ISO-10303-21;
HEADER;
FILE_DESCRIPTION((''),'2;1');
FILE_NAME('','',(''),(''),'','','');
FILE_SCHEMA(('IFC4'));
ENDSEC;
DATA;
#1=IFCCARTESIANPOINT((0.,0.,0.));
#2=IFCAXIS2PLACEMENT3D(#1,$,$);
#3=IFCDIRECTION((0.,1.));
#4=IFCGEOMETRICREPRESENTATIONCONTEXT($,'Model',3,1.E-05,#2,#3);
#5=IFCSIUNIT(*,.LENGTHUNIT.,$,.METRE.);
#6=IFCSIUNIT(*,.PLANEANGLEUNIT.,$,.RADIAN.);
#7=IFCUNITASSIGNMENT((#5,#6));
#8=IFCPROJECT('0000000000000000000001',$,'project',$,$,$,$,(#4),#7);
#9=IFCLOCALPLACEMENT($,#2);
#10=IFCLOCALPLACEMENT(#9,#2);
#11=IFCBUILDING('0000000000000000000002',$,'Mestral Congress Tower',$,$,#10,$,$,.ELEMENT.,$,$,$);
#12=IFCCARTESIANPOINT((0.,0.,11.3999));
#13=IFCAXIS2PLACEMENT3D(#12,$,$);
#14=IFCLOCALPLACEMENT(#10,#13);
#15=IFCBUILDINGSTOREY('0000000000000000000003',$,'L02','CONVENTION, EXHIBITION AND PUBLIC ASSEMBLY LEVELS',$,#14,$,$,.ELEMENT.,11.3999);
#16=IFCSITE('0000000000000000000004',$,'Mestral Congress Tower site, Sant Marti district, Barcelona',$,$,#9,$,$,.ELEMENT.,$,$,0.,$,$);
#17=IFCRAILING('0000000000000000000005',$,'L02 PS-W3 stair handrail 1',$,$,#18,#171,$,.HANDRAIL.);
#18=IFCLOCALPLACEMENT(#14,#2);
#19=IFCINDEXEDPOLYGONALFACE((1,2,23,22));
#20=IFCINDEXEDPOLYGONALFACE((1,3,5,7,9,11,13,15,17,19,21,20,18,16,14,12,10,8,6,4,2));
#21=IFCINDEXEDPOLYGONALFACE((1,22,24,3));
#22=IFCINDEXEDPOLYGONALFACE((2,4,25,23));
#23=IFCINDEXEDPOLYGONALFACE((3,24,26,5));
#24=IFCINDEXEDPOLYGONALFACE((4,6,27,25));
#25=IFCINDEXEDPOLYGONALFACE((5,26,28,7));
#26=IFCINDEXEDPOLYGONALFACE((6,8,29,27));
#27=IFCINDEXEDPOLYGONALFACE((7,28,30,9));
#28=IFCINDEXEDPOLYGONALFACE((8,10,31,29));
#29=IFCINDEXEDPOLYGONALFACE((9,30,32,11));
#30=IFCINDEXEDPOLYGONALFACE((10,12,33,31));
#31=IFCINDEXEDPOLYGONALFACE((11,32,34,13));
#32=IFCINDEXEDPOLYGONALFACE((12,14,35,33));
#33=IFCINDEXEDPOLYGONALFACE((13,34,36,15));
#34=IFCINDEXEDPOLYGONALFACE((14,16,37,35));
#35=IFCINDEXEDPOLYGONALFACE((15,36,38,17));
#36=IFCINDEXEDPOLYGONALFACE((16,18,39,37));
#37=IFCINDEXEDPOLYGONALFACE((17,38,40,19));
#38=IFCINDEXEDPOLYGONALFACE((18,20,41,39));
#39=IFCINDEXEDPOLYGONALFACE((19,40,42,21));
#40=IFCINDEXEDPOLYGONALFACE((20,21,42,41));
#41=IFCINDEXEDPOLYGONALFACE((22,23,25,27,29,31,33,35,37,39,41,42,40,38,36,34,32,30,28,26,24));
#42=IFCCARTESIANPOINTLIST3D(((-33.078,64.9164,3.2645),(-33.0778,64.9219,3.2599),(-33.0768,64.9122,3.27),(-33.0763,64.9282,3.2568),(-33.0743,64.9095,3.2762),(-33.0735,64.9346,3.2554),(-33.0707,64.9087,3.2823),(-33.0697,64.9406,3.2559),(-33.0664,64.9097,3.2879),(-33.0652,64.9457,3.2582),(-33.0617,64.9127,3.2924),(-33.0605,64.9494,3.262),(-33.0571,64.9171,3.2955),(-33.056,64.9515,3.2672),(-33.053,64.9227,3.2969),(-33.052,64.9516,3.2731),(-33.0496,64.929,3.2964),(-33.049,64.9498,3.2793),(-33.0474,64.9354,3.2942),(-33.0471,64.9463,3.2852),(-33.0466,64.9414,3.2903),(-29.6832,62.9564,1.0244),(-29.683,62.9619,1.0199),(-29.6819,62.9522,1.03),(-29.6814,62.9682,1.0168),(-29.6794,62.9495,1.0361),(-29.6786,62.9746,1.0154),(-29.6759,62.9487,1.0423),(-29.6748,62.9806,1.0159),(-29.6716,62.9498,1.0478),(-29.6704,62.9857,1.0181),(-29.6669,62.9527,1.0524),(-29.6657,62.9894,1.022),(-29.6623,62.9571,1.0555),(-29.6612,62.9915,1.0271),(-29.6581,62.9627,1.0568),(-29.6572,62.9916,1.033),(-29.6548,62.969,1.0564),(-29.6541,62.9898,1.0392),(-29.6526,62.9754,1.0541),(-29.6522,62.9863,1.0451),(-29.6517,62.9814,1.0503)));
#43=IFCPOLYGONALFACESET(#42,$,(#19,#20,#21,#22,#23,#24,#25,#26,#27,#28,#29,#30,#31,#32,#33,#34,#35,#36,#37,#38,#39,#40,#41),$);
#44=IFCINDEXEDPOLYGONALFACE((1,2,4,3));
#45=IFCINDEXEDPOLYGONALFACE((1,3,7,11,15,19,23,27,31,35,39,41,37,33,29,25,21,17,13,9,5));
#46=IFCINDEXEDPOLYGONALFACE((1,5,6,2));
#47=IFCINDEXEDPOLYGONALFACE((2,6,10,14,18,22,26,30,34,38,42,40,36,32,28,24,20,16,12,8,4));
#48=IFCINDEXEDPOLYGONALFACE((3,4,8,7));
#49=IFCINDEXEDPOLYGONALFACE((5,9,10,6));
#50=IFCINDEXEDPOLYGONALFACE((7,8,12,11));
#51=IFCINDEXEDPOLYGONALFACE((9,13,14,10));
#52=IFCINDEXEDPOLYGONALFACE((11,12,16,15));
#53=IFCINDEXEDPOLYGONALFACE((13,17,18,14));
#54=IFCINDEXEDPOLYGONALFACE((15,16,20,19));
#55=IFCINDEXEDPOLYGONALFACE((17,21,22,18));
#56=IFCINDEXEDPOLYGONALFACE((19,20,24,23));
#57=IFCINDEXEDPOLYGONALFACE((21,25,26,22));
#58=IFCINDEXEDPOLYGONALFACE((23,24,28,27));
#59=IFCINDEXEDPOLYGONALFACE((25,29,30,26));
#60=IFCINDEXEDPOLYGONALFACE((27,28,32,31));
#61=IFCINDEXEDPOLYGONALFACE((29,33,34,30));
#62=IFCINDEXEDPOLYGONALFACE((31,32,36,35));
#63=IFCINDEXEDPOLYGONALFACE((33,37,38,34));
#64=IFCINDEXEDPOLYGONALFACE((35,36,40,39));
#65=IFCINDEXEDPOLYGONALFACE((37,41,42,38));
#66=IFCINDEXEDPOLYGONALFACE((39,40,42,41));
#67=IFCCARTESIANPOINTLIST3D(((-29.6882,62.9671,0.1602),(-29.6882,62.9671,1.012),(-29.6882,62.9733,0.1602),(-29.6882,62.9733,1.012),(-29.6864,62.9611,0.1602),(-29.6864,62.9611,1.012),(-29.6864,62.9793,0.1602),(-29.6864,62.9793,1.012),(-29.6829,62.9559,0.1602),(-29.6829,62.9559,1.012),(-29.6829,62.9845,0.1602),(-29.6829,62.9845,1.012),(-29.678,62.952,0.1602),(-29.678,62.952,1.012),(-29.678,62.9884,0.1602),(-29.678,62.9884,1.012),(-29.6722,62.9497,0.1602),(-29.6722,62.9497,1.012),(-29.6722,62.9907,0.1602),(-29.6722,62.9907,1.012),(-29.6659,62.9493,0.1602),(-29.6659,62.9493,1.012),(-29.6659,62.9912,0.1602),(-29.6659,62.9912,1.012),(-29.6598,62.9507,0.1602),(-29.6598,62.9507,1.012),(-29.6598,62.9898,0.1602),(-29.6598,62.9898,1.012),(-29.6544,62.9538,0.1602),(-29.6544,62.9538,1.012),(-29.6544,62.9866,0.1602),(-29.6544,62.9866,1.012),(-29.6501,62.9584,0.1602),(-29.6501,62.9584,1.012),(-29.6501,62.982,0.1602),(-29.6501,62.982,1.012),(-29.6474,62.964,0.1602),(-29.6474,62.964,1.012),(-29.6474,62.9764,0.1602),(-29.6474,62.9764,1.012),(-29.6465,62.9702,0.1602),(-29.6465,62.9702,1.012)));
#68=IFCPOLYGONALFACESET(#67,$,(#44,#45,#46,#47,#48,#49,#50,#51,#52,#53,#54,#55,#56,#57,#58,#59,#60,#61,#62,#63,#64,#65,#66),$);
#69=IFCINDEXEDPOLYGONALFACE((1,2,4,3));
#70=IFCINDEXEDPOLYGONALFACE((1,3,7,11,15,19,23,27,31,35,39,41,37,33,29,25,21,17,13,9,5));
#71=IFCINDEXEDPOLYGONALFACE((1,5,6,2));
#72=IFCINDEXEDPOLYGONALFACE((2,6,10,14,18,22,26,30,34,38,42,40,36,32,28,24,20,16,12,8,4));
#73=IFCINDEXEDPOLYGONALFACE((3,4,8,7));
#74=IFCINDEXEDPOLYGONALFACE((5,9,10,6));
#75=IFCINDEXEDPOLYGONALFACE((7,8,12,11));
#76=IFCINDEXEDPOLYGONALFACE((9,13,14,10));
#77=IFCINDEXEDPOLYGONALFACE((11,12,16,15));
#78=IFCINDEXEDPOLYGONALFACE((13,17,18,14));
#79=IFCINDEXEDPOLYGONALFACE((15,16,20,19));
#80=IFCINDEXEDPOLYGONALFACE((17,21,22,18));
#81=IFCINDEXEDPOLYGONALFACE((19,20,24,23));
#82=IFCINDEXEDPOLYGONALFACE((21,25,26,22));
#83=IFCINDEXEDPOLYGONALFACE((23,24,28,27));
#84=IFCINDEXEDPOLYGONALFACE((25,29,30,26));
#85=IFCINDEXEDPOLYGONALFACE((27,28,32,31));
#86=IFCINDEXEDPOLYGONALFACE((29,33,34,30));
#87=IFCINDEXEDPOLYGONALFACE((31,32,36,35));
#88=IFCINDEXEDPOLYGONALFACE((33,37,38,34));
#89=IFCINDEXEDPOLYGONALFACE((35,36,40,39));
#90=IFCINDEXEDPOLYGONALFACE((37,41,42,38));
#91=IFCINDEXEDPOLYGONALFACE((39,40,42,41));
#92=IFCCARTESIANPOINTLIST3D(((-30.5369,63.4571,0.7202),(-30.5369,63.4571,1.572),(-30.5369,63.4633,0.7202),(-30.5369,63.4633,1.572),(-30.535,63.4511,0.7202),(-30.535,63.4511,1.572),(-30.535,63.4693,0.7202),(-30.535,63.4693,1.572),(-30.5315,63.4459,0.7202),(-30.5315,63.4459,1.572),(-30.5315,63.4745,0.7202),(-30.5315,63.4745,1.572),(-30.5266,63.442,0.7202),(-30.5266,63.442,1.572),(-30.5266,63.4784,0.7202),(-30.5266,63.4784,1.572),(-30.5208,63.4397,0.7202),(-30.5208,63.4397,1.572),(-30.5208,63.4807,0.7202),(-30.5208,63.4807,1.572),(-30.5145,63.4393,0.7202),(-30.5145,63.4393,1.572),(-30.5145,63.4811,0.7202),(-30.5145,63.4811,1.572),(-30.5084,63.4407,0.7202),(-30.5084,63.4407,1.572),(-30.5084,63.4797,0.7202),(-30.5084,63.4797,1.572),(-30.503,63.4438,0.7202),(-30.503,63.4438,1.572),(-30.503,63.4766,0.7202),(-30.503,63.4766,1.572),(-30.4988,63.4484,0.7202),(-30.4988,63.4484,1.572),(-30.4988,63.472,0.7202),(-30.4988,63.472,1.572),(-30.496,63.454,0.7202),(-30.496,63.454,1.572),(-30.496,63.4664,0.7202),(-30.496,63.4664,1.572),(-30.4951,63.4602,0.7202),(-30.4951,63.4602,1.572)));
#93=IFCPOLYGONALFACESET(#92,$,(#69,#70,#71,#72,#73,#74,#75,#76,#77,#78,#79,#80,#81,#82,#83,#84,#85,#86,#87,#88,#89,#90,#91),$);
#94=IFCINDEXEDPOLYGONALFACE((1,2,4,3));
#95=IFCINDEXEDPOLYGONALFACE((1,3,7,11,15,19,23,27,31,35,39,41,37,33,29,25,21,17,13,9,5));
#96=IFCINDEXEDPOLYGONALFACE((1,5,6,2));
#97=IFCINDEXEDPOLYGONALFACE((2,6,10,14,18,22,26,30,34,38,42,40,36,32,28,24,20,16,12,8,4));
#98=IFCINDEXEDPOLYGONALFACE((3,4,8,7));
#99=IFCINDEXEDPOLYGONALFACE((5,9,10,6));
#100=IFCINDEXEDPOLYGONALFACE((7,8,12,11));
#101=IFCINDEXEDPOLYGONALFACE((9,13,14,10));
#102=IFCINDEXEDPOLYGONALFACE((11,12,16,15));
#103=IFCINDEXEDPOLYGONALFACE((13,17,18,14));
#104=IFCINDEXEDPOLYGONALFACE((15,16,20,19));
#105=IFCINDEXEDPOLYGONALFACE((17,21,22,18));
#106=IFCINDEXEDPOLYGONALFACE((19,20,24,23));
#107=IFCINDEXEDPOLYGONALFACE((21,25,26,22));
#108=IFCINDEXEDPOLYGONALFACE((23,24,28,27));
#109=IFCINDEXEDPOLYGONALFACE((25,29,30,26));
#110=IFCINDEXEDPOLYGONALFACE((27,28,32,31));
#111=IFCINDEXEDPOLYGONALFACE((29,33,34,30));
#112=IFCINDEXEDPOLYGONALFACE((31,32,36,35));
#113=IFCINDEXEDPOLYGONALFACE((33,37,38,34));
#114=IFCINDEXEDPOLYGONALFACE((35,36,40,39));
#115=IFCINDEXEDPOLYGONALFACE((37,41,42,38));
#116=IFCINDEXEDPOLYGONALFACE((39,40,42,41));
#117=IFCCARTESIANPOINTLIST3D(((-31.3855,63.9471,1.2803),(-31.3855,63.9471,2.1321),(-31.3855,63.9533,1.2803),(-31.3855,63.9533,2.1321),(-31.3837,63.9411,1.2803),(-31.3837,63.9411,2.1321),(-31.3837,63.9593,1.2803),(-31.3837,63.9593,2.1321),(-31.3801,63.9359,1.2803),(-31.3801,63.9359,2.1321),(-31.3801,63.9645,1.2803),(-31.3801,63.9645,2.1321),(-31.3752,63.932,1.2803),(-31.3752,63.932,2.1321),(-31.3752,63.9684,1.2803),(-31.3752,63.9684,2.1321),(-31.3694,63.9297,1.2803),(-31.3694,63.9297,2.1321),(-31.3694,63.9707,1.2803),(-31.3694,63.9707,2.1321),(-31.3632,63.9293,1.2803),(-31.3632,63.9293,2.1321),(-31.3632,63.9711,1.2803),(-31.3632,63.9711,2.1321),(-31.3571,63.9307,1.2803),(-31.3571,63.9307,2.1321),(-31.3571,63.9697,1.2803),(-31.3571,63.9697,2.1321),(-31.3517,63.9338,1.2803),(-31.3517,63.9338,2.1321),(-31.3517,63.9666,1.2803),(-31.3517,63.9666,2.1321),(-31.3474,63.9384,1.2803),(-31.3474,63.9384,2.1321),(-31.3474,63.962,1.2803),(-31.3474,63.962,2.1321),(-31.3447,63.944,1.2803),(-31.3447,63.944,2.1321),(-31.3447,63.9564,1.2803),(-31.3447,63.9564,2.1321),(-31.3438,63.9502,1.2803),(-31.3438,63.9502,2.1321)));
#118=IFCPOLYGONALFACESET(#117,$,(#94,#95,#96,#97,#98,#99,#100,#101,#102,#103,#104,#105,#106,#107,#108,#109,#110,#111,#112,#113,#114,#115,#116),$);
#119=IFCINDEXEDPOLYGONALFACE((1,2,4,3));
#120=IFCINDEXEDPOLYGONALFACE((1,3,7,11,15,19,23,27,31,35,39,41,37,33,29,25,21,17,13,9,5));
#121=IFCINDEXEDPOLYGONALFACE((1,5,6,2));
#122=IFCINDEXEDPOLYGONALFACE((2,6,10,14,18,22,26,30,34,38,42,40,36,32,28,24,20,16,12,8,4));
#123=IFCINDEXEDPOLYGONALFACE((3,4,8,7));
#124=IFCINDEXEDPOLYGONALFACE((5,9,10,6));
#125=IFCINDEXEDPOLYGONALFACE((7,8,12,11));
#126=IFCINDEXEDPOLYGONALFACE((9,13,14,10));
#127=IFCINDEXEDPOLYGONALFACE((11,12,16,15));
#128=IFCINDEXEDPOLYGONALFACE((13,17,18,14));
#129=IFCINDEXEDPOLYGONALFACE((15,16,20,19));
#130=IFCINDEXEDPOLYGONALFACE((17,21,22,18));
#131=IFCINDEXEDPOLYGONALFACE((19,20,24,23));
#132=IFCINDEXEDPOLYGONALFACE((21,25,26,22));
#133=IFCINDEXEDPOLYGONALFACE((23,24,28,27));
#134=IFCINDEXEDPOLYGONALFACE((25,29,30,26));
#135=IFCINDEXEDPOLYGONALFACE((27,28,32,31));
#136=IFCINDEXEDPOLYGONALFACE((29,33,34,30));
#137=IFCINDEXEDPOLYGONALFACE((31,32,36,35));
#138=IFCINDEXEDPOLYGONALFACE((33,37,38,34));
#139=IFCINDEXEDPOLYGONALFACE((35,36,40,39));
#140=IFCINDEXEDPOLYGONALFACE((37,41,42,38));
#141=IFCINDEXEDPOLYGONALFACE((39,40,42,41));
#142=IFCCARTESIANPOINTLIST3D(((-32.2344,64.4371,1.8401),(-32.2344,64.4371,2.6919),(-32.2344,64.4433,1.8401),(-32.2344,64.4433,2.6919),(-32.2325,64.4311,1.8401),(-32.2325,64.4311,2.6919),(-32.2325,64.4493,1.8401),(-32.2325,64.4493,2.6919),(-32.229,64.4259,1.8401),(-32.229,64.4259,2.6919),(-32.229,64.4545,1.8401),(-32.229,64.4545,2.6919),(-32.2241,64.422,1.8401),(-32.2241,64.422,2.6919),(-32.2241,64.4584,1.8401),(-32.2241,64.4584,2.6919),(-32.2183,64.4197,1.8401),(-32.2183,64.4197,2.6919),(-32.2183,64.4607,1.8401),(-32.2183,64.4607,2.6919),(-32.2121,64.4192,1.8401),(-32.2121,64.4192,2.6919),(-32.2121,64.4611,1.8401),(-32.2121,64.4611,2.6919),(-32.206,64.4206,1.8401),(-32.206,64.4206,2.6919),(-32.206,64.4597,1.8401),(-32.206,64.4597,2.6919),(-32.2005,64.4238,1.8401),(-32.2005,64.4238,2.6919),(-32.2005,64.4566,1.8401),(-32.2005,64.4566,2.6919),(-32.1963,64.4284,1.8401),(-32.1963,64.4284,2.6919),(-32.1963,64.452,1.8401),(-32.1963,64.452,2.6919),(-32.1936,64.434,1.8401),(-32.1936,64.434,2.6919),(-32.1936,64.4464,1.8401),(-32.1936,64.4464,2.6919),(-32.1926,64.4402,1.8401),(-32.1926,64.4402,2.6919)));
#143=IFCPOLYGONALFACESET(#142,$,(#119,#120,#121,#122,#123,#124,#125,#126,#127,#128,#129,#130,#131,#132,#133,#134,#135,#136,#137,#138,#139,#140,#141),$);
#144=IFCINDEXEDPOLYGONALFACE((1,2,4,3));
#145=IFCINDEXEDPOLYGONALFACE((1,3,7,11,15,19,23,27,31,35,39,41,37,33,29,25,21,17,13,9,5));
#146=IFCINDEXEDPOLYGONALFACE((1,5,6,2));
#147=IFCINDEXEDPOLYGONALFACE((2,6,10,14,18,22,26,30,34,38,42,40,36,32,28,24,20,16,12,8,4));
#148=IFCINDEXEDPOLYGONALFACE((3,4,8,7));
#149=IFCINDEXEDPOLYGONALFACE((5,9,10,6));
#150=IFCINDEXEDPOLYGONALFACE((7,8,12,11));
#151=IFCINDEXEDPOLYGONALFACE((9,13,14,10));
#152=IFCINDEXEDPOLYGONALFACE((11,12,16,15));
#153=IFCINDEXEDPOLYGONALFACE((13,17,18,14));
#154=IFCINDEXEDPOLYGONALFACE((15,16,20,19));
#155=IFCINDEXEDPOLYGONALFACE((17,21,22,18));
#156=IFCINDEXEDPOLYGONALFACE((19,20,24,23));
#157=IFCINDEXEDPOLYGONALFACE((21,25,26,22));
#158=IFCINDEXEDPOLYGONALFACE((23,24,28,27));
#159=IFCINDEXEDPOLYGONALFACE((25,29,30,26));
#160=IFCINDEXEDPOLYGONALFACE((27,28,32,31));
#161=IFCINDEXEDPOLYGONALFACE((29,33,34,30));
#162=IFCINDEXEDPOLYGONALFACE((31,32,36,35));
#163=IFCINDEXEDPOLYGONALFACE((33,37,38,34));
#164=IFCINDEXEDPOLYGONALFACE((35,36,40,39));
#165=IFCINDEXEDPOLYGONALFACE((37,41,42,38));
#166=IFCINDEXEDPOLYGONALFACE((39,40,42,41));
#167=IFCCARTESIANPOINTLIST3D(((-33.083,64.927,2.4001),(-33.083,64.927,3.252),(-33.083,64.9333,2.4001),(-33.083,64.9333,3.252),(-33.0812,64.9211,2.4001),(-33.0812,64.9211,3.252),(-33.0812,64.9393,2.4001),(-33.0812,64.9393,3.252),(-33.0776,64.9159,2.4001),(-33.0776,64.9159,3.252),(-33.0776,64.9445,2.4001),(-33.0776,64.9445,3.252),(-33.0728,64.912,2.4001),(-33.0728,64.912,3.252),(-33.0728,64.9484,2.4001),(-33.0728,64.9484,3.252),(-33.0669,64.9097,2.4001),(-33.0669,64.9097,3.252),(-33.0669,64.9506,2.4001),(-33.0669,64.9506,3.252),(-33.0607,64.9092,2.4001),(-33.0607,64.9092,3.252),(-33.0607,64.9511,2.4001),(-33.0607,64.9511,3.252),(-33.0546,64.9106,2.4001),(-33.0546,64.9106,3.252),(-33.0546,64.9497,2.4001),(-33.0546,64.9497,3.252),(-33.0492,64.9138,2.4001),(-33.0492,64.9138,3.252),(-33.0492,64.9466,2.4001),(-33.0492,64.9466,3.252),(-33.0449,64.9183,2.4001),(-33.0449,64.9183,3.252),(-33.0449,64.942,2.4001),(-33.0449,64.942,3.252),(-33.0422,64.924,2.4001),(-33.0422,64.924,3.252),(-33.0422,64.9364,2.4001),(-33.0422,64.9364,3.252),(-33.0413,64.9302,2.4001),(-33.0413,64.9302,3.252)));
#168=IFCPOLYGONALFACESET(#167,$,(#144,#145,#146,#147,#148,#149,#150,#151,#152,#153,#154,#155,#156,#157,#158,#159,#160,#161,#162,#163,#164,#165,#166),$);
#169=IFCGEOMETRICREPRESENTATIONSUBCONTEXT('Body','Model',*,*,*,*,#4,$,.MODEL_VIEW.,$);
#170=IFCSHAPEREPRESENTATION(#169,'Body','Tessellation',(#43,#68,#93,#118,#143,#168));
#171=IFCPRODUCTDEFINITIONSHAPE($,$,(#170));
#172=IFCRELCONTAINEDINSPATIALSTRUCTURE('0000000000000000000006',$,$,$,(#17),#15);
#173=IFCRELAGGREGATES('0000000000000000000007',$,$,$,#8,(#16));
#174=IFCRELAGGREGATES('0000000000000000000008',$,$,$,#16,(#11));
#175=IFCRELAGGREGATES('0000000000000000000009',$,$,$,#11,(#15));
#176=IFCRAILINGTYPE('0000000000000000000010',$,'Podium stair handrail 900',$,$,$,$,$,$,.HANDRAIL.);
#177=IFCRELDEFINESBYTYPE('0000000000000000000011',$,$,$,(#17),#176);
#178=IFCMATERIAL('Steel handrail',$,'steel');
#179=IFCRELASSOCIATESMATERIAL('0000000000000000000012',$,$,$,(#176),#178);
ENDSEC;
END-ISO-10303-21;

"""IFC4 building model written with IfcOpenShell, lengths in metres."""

from ifc_helpers import new_model, si_unit, direction, frame, origin, origin_2d, place, context, subcontext, project, spatial, circle, extrude, material, type_object, element, save


model = new_model("IFC4")

# Units and contexts
model_context = context("Model", 3, precision=1e-05, world=origin(), true_north=direction((0.0, 1.0)))
body_context = subcontext(model_context, "Body", "Model", "MODEL_VIEW")
ifc_project = project(units=[si_unit("LENGTHUNIT", "METRE"), si_unit("PLANEANGLEUNIT", "RADIAN")], contexts=[model_context])

# Site, building, storey
site_placement = place(None, origin())
site = spatial("IfcSite", under=ifc_project, at=site_placement, Name="Mestral Congress Tower site, Sant Marti district, Barcelona", CompositionType="ELEMENT", RefElevation=0.0)
building_placement = place(site_placement, origin())
building = spatial("IfcBuilding", under=site, at=building_placement, Name="Mestral Congress Tower", CompositionType="ELEMENT")
storey_placement = place(building_placement, frame((0.0, 0.0, 11.3999)))
storey = spatial("IfcBuildingStorey", under=building, at=storey_placement, Name="L02", Description="CONVENTION, EXHIBITION AND PUBLIC ASSEMBLY LEVELS", CompositionType="ELEMENT", Elevation=11.3999)

# Railing
ifc_material_1 = material(Name="Steel handrail", Category="steel")
railing_type_1 = type_object("IfcRailingType", Name="Podium stair handrail 900", PredefinedType="HANDRAIL", material=ifc_material_1)
railing_1_placement = place(storey_placement, frame((-29.6675, 62.9702, 0.1602)))
element("IfcRailing", 1, at=railing_1_placement, inside=storey, type_object=railing_type_1, Name="L02 PS-W3 stair handrail 1", PredefinedType="HANDRAIL", context=body_context, shape_type="SweptSolid", body=[
    extrude(circle(Radius=0.0239, at=origin_2d()), frame((0.0, 0.0, 0.876), z_axis=(-0.75192, 0.434118, 0.496143), x_axis=(-0.499997, -0.866027, 0.0)), (0.0, 0.0, 1.0), 4.5149),
    extrude(circle(Radius=0.021, at=origin_2d()), origin(), (0.0, 0.0, 1.0), 0.8518),
    extrude(circle(Radius=0.021, at=origin_2d()), frame((-0.8486, 0.49, 0.5601)), (0.0, 0.0, 1.0), 0.8518),
    extrude(circle(Radius=0.021, at=origin_2d()), frame((-1.6973, 0.98, 1.1201)), (0.0, 0.0, 1.0), 0.8518),
    extrude(circle(Radius=0.021, at=origin_2d()), frame((-2.5461, 1.47, 1.6799)), (0.0, 0.0, 1.0), 0.8518),
    extrude(circle(Radius=0.021, at=origin_2d()), frame((-3.3948, 1.96, 2.24)), (0.0, 0.0, 1.0), 0.8518),
])

save(model, "model.ifc")
